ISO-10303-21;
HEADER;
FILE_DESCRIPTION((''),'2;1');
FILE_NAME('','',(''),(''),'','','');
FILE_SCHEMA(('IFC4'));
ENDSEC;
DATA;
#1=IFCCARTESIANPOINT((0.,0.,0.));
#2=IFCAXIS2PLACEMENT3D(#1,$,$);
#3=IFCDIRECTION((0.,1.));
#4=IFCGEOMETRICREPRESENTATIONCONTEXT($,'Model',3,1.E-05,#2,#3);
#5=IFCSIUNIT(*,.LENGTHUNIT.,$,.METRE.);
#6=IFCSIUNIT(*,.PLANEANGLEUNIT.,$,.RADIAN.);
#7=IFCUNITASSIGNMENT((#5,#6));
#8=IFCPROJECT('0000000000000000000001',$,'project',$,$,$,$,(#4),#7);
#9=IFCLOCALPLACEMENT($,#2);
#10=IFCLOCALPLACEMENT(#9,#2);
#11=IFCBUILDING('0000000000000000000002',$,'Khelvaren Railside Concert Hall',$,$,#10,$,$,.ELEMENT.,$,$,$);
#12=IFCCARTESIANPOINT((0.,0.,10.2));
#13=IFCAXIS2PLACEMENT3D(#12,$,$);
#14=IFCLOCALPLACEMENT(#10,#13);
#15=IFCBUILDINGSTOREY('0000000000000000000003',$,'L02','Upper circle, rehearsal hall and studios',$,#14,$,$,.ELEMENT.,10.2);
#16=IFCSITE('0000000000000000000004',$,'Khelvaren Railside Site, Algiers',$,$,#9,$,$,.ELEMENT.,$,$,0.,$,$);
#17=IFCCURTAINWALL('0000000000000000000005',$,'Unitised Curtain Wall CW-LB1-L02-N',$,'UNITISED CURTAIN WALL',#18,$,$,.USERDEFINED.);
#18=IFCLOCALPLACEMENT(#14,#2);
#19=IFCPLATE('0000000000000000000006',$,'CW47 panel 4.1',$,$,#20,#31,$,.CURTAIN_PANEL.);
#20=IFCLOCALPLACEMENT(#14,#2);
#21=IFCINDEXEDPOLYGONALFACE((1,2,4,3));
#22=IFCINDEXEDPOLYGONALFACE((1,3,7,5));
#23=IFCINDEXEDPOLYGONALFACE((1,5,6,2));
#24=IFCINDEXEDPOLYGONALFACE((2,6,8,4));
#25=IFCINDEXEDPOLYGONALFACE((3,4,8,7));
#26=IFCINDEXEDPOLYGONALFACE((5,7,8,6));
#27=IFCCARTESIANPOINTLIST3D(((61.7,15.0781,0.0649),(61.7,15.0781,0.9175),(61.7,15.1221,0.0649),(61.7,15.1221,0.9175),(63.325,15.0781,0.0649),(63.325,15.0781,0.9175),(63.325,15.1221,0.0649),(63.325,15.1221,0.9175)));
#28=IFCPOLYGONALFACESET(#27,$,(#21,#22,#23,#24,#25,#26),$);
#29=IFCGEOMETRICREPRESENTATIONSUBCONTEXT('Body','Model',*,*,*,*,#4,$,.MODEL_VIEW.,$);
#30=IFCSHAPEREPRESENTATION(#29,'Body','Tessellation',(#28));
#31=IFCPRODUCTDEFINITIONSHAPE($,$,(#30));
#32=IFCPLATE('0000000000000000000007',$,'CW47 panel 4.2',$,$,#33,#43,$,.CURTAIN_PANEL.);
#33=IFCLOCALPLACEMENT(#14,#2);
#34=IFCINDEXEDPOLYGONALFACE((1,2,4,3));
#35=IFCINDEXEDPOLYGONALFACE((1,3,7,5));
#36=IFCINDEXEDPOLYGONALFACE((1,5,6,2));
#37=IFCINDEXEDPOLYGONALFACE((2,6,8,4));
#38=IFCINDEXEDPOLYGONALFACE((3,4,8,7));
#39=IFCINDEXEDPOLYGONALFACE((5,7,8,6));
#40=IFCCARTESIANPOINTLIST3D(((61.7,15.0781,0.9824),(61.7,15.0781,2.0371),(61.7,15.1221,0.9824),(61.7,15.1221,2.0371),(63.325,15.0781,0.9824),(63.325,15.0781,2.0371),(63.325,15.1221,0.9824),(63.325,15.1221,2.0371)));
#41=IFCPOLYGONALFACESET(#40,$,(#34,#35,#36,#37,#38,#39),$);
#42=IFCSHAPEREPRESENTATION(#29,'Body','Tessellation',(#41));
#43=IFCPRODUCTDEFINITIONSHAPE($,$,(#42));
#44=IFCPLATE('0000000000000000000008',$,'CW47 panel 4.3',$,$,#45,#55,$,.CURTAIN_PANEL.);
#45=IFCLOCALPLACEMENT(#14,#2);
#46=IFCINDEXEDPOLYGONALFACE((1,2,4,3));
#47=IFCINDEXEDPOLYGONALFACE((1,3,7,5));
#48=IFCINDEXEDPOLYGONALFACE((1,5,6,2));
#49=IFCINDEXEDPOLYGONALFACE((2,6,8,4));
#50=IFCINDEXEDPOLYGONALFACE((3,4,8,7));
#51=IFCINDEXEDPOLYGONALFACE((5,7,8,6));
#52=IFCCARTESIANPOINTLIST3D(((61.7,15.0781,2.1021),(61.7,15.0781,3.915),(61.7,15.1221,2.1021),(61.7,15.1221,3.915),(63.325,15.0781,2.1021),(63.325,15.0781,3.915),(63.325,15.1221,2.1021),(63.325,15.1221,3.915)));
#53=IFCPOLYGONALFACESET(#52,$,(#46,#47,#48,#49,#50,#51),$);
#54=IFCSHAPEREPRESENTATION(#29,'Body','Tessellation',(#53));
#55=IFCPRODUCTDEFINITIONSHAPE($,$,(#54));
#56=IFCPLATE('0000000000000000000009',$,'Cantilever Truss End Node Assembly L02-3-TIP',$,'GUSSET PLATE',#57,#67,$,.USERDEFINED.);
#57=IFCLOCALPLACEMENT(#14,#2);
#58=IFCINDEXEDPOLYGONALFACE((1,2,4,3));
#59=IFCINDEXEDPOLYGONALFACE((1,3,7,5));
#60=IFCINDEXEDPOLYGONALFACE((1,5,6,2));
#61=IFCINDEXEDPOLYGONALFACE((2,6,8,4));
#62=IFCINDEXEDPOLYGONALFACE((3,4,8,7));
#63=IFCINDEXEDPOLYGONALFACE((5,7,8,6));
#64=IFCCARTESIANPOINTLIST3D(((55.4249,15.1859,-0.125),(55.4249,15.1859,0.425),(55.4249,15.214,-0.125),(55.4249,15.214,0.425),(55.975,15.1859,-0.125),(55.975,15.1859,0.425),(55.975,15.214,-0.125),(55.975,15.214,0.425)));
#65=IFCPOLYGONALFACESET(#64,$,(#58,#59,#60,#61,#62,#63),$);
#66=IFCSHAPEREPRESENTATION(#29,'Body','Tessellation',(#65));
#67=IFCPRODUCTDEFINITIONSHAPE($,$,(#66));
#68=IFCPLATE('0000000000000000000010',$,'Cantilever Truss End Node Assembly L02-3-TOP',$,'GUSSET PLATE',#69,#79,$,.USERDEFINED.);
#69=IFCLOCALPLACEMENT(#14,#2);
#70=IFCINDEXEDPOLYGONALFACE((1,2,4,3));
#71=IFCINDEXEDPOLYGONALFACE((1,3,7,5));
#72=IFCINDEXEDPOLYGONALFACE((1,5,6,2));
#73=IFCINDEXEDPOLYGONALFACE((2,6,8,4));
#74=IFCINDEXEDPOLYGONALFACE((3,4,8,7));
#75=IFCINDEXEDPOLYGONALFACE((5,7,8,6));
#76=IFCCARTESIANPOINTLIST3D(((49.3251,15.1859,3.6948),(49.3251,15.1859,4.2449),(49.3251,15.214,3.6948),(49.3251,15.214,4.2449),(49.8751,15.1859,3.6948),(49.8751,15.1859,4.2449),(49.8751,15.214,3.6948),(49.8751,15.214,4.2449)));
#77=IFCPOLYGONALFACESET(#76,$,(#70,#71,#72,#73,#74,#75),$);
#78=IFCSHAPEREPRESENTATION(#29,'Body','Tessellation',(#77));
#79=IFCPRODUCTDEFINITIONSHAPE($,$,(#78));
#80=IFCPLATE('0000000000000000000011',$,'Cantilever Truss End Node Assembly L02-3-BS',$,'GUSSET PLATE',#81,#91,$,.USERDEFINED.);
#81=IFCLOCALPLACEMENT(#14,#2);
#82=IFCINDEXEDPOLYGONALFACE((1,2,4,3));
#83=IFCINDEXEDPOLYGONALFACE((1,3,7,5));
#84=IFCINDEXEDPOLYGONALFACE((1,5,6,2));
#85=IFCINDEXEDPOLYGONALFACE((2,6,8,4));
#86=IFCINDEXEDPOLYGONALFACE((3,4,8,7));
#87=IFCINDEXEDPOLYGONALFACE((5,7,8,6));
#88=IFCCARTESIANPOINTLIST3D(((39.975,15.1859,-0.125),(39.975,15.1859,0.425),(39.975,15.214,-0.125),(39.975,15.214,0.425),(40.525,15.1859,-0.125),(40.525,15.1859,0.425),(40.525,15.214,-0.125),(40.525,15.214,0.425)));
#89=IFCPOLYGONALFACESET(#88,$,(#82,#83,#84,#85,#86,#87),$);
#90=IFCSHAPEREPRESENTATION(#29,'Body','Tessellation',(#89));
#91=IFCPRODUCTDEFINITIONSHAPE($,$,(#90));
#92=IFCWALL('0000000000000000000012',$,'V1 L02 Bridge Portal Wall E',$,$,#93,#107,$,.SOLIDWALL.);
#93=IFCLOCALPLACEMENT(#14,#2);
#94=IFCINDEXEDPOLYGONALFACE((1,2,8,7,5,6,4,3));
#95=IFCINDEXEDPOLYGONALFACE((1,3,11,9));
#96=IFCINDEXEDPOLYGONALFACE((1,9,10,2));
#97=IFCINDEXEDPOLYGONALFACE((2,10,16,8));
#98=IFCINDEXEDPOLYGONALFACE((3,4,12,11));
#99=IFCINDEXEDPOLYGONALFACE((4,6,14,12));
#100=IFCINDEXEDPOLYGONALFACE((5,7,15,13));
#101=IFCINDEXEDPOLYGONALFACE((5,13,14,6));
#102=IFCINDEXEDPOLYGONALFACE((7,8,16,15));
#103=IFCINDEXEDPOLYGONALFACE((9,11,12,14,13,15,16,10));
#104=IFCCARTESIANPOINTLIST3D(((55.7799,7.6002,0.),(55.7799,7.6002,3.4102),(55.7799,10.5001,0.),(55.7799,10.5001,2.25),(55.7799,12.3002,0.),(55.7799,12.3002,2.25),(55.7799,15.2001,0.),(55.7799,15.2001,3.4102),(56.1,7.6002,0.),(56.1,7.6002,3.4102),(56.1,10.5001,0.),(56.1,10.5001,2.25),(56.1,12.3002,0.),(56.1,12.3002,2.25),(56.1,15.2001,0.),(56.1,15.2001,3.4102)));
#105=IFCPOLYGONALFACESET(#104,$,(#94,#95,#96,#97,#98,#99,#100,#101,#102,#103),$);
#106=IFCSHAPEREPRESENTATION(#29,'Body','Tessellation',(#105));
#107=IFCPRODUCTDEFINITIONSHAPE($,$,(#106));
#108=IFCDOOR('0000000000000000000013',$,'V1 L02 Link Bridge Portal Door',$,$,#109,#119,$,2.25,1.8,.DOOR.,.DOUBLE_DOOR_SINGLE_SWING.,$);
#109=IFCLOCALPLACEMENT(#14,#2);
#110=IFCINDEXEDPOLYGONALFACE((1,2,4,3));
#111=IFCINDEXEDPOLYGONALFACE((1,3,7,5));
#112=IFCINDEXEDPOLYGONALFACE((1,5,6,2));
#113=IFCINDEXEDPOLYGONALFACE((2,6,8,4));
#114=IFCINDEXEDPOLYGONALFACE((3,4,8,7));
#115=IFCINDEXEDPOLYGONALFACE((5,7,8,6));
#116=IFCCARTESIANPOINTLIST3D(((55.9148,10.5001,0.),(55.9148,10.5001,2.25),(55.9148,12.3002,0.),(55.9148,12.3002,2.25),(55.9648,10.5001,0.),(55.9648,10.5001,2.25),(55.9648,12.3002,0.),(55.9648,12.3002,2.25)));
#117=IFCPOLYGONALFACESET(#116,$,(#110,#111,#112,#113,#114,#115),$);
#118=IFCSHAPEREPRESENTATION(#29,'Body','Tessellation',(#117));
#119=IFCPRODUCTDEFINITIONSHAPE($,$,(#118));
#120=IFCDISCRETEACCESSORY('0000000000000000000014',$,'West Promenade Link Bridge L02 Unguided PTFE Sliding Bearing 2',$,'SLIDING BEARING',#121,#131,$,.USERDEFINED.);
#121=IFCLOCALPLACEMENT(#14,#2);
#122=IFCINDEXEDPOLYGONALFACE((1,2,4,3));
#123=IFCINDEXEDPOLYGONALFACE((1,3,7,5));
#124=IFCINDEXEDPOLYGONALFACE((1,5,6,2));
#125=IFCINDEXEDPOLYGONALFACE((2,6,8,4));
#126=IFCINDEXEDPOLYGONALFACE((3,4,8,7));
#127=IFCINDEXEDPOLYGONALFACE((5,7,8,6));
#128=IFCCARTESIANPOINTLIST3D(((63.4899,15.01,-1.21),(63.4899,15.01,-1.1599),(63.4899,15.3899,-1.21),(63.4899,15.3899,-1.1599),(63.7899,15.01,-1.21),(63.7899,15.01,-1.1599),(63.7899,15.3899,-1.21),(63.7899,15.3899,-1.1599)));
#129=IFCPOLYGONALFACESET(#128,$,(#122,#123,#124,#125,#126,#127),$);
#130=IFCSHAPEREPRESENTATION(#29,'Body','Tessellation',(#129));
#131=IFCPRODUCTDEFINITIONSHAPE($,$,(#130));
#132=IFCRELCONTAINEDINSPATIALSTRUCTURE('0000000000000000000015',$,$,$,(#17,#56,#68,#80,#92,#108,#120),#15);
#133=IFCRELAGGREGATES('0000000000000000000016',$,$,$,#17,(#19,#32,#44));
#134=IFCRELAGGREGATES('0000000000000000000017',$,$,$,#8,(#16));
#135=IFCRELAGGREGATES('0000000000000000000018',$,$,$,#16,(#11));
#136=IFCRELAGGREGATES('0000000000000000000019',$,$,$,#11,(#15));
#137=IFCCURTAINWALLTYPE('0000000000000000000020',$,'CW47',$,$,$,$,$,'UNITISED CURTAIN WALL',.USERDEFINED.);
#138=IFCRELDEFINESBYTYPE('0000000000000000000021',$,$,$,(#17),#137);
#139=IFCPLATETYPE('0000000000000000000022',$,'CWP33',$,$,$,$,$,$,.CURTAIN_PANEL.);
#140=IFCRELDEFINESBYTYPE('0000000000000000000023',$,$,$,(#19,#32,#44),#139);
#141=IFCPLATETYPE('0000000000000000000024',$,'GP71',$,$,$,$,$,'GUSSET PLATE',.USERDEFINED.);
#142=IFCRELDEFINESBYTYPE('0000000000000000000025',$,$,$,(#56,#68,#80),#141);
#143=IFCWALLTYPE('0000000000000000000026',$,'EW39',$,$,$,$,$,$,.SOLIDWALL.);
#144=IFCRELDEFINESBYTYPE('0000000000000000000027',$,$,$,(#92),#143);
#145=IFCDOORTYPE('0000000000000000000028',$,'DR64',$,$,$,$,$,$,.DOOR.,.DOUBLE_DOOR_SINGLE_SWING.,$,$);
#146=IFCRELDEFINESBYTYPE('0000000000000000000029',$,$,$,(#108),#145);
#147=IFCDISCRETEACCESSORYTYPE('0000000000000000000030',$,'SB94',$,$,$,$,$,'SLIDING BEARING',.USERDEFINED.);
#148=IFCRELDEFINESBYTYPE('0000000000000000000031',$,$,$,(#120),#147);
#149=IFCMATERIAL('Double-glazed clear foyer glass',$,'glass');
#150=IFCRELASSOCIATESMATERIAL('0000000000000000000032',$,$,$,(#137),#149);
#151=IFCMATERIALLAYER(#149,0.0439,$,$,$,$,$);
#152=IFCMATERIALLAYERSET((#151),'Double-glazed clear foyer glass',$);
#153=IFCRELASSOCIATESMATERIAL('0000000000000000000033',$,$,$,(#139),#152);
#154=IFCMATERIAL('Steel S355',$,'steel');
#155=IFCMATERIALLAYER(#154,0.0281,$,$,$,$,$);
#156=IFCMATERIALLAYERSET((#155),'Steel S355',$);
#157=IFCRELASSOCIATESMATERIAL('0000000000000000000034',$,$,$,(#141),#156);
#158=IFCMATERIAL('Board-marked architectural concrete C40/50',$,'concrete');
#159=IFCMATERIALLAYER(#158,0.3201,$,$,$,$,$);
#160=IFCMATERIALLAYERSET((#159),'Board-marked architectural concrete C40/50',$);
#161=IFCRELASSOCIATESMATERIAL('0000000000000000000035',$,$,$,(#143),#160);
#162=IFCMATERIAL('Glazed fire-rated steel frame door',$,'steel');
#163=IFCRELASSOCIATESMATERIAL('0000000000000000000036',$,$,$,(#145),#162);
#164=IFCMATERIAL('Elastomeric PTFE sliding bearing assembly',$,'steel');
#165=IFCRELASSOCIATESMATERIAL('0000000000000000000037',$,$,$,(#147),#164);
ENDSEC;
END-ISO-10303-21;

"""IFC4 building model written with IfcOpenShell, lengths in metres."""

from ifc_helpers import new_model, si_unit, direction, frame, frame_2d, origin, origin_2d, place, context, subcontext, project, spatial, rectangle, extrude, material, layer, layer_set, type_object, element, fill, aggregate, save


model = new_model("IFC4")

# Units and contexts
model_context = context("Model", 3, precision=1e-05, world=origin(), true_north=direction((0.0, 1.0)))
body_context = subcontext(model_context, "Body", "Model", "MODEL_VIEW")
ifc_project = project(units=[si_unit("LENGTHUNIT", "METRE"), si_unit("PLANEANGLEUNIT", "RADIAN")], contexts=[model_context])

# Site, building, storey
site_placement = place(None, origin())
site = spatial("IfcSite", under=ifc_project, at=site_placement, Name="Khelvaren Railside Site, Algiers", CompositionType="ELEMENT", RefElevation=0.0)
building_placement = place(site_placement, origin())
building = spatial("IfcBuilding", under=site, at=building_placement, Name="Khelvaren Railside Concert Hall", CompositionType="ELEMENT")
storey_placement = place(building_placement, frame((0.0, 0.0, 10.2)))
storey = spatial("IfcBuildingStorey", under=building, at=storey_placement, Name="L02", Description="Upper circle, rehearsal hall and studios", CompositionType="ELEMENT", Elevation=10.2)

# Shared definitions
ifc_material_1 = material(Name="Steel S355", Category="steel")

# Curtain wall
ifc_material_2 = material(Name="Double-glazed clear foyer glass", Category="glass")
curtain_wall_type_1 = type_object("IfcCurtainWallType", Name="CW47", ElementType="UNITISED CURTAIN WALL", PredefinedType="USERDEFINED", material=ifc_material_2)
curtain_wall_1_placement = place(storey_placement, origin())
curtain_wall_1 = element("IfcCurtainWall", 1, at=curtain_wall_1_placement, inside=storey, type_object=curtain_wall_type_1, Name="Unitised Curtain Wall CW-LB1-L02-N", ObjectType="UNITISED CURTAIN WALL", PredefinedType="USERDEFINED")

# Plates
ifc_layer_1 = layer(ifc_material_2, 0.0439)
ifc_layer_set_1 = layer_set([ifc_layer_1], Name="Double-glazed clear foyer glass")
plate_type_1 = type_object("IfcPlateType", Name="CWP33", PredefinedType="CURTAIN_PANEL", material=ifc_layer_set_1)
plate_1_placement = place(storey_placement, frame((62.5125, 15.1001, 0.0649), z_axis=(0.0, 0.0, 1.0), x_axis=(1.0, 0.0, 0.0)))
plate_1 = element("IfcPlate", 2, at=plate_1_placement, type_object=plate_type_1, Name="CW47 panel 4.1", PredefinedType="CURTAIN_PANEL", context=body_context, shape_type="SweptSolid", body=[
    extrude(rectangle(XDim=1.625, YDim=0.0439, at=origin_2d()), origin(), (0.0, 0.0, 1.0), 0.8525),
])
plate_2_placement = place(storey_placement, frame((62.5125, 15.1001, 0.9824), z_axis=(0.0, 0.0, 1.0), x_axis=(1.0, 0.0, 0.0)))
plate_2 = element("IfcPlate", 3, at=plate_2_placement, type_object=plate_type_1, Name="CW47 panel 4.2", PredefinedType="CURTAIN_PANEL", context=body_context, shape_type="SweptSolid", body=[
    extrude(rectangle(XDim=1.625, YDim=0.0439, at=origin_2d()), origin(), (0.0, 0.0, 1.0), 1.0547),
])
plate_3_placement = place(storey_placement, frame((62.5125, 15.1001, 2.1021), z_axis=(0.0, 0.0, 1.0), x_axis=(1.0, 0.0, 0.0)))
plate_3 = element("IfcPlate", 4, at=plate_3_placement, type_object=plate_type_1, Name="CW47 panel 4.3", PredefinedType="CURTAIN_PANEL", context=body_context, shape_type="SweptSolid", body=[
    extrude(rectangle(XDim=1.625, YDim=0.0439, at=origin_2d()), origin(), (0.0, 0.0, 1.0), 1.813),
])
aggregate(curtain_wall_1, [plate_1, plate_2, plate_3])

# Plates
ifc_layer_2 = layer(ifc_material_1, 0.0281)
ifc_layer_set_2 = layer_set([ifc_layer_2], Name="Steel S355")
plate_type_2 = type_object("IfcPlateType", Name="GP71", ElementType="GUSSET PLATE", PredefinedType="USERDEFINED", material=ifc_layer_set_2)
for number, where, z_axis, x_axis, name in (
    (5, (55.7, 15.2, -0.125), (0.0, 0.0, 1.0), (1.0, 0.0, 0.0), "Cantilever Truss End Node Assembly L02-3-TIP"),
    (6, (49.6001, 15.2, 3.6948), (0.0, 0.0, 1.0), (1.0, 0.0, 0.0), "Cantilever Truss End Node Assembly L02-3-TOP"),
    (7, (40.25, 15.2, -0.125), (0.0, 0.0, 1.0), (1.0, 0.0, 0.0), "Cantilever Truss End Node Assembly L02-3-BS"),
):
    element("IfcPlate", number, at=place(storey_placement, frame(where, z_axis=z_axis, x_axis=x_axis)), inside=storey, type_object=plate_type_2, Name=name, ObjectType="GUSSET PLATE", PredefinedType="USERDEFINED", context=body_context, shape_type="SweptSolid", body=[
        extrude(rectangle(XDim=0.55, YDim=0.0281, at=origin_2d()), origin(), (0.0, 0.0, 1.0), 0.55),
    ])

# Wall, opening, door
ifc_material_3 = material(Name="Board-marked architectural concrete C40/50", Category="concrete")
ifc_layer_3 = layer(ifc_material_3, 0.3201)
ifc_layer_set_3 = layer_set([ifc_layer_3], Name="Board-marked architectural concrete C40/50")
wall_type = type_object("IfcWallType", Name="EW39", PredefinedType="SOLIDWALL", material=ifc_layer_set_3)
wall_placement = place(storey_placement, frame((55.9399, 15.2, 0.0), z_axis=(0.0, 0.0, 1.0), x_axis=(0.0, -1.0, 0.0)))
wall = element("IfcWall", 8, at=wall_placement, inside=storey, type_object=wall_type, Name="V1 L02 Bridge Portal Wall E", PredefinedType="SOLIDWALL", context=body_context, shape_type="SweptSolid", body=[
    extrude(rectangle(XDim=7.5999, YDim=0.3201, at=frame_2d((3.7998, 0.0))), origin(), (0.0, 0.0, 1.0), 3.4102),
])
opening_placement = place(wall_placement, frame((2.8999, 0.0, 0.0)))
opening = element("IfcOpeningElement", 9, at=opening_placement, cuts=wall, PredefinedType="OPENING", context=body_context, shape_type="SweptSolid", body=[
    extrude(rectangle(XDim=1.8, YDim=2.25, at=frame_2d((0.8999, 1.125))), frame((0.0, 0.1699, 0.0), z_axis=(0.0, -1.0, 0.0), x_axis=(1.0, 0.0, 0.0)), (0.0, 0.0, 1.0), 0.3401),
])
ifc_material_4 = material(Name="Glazed fire-rated steel frame door", Category="steel")
door_type = type_object("IfcDoorType", Name="DR64", OperationType="DOUBLE_DOOR_SINGLE_SWING", PredefinedType="DOOR", material=ifc_material_4)
door_placement = place(opening_placement, origin())
door = element("IfcDoor", 10, at=door_placement, inside=storey, type_object=door_type, Name="V1 L02 Link Bridge Portal Door", OperationType="DOUBLE_DOOR_SINGLE_SWING", OverallHeight=2.25, OverallWidth=1.8, PredefinedType="DOOR", context=body_context, shape_type="SweptSolid", body=[
    extrude(rectangle(XDim=1.8, YDim=2.25, at=frame_2d((0.8999, 1.125))), frame((0.0, 0.0249, 0.0), z_axis=(0.0, -1.0, 0.0), x_axis=(1.0, 0.0, 0.0)), (0.0, 0.0, 1.0), 0.05),
])
fill(opening, door)

# Discrete accessory
ifc_material_5 = material(Name="Elastomeric PTFE sliding bearing assembly", Category="steel")
discrete_accessory_type = type_object("IfcDiscreteAccessoryType", Name="SB94", ElementType="SLIDING BEARING", PredefinedType="USERDEFINED", material=ifc_material_5)
discrete_accessory_placement = place(storey_placement, frame((63.6399, 15.2, -1.21), z_axis=(0.0, 0.0, 1.0), x_axis=(1.0, 0.0, 0.0)))
element("IfcDiscreteAccessory", 11, at=discrete_accessory_placement, inside=storey, type_object=discrete_accessory_type, Name="West Promenade Link Bridge L02 Unguided PTFE Sliding Bearing 2", ObjectType="SLIDING BEARING", PredefinedType="USERDEFINED", context=body_context, shape_type="SweptSolid", body=[
    extrude(rectangle(XDim=0.3, YDim=0.3799, at=origin_2d()), origin(), (0.0, 0.0, 1.0), 0.05),
])

save(model, "model.ifc")
